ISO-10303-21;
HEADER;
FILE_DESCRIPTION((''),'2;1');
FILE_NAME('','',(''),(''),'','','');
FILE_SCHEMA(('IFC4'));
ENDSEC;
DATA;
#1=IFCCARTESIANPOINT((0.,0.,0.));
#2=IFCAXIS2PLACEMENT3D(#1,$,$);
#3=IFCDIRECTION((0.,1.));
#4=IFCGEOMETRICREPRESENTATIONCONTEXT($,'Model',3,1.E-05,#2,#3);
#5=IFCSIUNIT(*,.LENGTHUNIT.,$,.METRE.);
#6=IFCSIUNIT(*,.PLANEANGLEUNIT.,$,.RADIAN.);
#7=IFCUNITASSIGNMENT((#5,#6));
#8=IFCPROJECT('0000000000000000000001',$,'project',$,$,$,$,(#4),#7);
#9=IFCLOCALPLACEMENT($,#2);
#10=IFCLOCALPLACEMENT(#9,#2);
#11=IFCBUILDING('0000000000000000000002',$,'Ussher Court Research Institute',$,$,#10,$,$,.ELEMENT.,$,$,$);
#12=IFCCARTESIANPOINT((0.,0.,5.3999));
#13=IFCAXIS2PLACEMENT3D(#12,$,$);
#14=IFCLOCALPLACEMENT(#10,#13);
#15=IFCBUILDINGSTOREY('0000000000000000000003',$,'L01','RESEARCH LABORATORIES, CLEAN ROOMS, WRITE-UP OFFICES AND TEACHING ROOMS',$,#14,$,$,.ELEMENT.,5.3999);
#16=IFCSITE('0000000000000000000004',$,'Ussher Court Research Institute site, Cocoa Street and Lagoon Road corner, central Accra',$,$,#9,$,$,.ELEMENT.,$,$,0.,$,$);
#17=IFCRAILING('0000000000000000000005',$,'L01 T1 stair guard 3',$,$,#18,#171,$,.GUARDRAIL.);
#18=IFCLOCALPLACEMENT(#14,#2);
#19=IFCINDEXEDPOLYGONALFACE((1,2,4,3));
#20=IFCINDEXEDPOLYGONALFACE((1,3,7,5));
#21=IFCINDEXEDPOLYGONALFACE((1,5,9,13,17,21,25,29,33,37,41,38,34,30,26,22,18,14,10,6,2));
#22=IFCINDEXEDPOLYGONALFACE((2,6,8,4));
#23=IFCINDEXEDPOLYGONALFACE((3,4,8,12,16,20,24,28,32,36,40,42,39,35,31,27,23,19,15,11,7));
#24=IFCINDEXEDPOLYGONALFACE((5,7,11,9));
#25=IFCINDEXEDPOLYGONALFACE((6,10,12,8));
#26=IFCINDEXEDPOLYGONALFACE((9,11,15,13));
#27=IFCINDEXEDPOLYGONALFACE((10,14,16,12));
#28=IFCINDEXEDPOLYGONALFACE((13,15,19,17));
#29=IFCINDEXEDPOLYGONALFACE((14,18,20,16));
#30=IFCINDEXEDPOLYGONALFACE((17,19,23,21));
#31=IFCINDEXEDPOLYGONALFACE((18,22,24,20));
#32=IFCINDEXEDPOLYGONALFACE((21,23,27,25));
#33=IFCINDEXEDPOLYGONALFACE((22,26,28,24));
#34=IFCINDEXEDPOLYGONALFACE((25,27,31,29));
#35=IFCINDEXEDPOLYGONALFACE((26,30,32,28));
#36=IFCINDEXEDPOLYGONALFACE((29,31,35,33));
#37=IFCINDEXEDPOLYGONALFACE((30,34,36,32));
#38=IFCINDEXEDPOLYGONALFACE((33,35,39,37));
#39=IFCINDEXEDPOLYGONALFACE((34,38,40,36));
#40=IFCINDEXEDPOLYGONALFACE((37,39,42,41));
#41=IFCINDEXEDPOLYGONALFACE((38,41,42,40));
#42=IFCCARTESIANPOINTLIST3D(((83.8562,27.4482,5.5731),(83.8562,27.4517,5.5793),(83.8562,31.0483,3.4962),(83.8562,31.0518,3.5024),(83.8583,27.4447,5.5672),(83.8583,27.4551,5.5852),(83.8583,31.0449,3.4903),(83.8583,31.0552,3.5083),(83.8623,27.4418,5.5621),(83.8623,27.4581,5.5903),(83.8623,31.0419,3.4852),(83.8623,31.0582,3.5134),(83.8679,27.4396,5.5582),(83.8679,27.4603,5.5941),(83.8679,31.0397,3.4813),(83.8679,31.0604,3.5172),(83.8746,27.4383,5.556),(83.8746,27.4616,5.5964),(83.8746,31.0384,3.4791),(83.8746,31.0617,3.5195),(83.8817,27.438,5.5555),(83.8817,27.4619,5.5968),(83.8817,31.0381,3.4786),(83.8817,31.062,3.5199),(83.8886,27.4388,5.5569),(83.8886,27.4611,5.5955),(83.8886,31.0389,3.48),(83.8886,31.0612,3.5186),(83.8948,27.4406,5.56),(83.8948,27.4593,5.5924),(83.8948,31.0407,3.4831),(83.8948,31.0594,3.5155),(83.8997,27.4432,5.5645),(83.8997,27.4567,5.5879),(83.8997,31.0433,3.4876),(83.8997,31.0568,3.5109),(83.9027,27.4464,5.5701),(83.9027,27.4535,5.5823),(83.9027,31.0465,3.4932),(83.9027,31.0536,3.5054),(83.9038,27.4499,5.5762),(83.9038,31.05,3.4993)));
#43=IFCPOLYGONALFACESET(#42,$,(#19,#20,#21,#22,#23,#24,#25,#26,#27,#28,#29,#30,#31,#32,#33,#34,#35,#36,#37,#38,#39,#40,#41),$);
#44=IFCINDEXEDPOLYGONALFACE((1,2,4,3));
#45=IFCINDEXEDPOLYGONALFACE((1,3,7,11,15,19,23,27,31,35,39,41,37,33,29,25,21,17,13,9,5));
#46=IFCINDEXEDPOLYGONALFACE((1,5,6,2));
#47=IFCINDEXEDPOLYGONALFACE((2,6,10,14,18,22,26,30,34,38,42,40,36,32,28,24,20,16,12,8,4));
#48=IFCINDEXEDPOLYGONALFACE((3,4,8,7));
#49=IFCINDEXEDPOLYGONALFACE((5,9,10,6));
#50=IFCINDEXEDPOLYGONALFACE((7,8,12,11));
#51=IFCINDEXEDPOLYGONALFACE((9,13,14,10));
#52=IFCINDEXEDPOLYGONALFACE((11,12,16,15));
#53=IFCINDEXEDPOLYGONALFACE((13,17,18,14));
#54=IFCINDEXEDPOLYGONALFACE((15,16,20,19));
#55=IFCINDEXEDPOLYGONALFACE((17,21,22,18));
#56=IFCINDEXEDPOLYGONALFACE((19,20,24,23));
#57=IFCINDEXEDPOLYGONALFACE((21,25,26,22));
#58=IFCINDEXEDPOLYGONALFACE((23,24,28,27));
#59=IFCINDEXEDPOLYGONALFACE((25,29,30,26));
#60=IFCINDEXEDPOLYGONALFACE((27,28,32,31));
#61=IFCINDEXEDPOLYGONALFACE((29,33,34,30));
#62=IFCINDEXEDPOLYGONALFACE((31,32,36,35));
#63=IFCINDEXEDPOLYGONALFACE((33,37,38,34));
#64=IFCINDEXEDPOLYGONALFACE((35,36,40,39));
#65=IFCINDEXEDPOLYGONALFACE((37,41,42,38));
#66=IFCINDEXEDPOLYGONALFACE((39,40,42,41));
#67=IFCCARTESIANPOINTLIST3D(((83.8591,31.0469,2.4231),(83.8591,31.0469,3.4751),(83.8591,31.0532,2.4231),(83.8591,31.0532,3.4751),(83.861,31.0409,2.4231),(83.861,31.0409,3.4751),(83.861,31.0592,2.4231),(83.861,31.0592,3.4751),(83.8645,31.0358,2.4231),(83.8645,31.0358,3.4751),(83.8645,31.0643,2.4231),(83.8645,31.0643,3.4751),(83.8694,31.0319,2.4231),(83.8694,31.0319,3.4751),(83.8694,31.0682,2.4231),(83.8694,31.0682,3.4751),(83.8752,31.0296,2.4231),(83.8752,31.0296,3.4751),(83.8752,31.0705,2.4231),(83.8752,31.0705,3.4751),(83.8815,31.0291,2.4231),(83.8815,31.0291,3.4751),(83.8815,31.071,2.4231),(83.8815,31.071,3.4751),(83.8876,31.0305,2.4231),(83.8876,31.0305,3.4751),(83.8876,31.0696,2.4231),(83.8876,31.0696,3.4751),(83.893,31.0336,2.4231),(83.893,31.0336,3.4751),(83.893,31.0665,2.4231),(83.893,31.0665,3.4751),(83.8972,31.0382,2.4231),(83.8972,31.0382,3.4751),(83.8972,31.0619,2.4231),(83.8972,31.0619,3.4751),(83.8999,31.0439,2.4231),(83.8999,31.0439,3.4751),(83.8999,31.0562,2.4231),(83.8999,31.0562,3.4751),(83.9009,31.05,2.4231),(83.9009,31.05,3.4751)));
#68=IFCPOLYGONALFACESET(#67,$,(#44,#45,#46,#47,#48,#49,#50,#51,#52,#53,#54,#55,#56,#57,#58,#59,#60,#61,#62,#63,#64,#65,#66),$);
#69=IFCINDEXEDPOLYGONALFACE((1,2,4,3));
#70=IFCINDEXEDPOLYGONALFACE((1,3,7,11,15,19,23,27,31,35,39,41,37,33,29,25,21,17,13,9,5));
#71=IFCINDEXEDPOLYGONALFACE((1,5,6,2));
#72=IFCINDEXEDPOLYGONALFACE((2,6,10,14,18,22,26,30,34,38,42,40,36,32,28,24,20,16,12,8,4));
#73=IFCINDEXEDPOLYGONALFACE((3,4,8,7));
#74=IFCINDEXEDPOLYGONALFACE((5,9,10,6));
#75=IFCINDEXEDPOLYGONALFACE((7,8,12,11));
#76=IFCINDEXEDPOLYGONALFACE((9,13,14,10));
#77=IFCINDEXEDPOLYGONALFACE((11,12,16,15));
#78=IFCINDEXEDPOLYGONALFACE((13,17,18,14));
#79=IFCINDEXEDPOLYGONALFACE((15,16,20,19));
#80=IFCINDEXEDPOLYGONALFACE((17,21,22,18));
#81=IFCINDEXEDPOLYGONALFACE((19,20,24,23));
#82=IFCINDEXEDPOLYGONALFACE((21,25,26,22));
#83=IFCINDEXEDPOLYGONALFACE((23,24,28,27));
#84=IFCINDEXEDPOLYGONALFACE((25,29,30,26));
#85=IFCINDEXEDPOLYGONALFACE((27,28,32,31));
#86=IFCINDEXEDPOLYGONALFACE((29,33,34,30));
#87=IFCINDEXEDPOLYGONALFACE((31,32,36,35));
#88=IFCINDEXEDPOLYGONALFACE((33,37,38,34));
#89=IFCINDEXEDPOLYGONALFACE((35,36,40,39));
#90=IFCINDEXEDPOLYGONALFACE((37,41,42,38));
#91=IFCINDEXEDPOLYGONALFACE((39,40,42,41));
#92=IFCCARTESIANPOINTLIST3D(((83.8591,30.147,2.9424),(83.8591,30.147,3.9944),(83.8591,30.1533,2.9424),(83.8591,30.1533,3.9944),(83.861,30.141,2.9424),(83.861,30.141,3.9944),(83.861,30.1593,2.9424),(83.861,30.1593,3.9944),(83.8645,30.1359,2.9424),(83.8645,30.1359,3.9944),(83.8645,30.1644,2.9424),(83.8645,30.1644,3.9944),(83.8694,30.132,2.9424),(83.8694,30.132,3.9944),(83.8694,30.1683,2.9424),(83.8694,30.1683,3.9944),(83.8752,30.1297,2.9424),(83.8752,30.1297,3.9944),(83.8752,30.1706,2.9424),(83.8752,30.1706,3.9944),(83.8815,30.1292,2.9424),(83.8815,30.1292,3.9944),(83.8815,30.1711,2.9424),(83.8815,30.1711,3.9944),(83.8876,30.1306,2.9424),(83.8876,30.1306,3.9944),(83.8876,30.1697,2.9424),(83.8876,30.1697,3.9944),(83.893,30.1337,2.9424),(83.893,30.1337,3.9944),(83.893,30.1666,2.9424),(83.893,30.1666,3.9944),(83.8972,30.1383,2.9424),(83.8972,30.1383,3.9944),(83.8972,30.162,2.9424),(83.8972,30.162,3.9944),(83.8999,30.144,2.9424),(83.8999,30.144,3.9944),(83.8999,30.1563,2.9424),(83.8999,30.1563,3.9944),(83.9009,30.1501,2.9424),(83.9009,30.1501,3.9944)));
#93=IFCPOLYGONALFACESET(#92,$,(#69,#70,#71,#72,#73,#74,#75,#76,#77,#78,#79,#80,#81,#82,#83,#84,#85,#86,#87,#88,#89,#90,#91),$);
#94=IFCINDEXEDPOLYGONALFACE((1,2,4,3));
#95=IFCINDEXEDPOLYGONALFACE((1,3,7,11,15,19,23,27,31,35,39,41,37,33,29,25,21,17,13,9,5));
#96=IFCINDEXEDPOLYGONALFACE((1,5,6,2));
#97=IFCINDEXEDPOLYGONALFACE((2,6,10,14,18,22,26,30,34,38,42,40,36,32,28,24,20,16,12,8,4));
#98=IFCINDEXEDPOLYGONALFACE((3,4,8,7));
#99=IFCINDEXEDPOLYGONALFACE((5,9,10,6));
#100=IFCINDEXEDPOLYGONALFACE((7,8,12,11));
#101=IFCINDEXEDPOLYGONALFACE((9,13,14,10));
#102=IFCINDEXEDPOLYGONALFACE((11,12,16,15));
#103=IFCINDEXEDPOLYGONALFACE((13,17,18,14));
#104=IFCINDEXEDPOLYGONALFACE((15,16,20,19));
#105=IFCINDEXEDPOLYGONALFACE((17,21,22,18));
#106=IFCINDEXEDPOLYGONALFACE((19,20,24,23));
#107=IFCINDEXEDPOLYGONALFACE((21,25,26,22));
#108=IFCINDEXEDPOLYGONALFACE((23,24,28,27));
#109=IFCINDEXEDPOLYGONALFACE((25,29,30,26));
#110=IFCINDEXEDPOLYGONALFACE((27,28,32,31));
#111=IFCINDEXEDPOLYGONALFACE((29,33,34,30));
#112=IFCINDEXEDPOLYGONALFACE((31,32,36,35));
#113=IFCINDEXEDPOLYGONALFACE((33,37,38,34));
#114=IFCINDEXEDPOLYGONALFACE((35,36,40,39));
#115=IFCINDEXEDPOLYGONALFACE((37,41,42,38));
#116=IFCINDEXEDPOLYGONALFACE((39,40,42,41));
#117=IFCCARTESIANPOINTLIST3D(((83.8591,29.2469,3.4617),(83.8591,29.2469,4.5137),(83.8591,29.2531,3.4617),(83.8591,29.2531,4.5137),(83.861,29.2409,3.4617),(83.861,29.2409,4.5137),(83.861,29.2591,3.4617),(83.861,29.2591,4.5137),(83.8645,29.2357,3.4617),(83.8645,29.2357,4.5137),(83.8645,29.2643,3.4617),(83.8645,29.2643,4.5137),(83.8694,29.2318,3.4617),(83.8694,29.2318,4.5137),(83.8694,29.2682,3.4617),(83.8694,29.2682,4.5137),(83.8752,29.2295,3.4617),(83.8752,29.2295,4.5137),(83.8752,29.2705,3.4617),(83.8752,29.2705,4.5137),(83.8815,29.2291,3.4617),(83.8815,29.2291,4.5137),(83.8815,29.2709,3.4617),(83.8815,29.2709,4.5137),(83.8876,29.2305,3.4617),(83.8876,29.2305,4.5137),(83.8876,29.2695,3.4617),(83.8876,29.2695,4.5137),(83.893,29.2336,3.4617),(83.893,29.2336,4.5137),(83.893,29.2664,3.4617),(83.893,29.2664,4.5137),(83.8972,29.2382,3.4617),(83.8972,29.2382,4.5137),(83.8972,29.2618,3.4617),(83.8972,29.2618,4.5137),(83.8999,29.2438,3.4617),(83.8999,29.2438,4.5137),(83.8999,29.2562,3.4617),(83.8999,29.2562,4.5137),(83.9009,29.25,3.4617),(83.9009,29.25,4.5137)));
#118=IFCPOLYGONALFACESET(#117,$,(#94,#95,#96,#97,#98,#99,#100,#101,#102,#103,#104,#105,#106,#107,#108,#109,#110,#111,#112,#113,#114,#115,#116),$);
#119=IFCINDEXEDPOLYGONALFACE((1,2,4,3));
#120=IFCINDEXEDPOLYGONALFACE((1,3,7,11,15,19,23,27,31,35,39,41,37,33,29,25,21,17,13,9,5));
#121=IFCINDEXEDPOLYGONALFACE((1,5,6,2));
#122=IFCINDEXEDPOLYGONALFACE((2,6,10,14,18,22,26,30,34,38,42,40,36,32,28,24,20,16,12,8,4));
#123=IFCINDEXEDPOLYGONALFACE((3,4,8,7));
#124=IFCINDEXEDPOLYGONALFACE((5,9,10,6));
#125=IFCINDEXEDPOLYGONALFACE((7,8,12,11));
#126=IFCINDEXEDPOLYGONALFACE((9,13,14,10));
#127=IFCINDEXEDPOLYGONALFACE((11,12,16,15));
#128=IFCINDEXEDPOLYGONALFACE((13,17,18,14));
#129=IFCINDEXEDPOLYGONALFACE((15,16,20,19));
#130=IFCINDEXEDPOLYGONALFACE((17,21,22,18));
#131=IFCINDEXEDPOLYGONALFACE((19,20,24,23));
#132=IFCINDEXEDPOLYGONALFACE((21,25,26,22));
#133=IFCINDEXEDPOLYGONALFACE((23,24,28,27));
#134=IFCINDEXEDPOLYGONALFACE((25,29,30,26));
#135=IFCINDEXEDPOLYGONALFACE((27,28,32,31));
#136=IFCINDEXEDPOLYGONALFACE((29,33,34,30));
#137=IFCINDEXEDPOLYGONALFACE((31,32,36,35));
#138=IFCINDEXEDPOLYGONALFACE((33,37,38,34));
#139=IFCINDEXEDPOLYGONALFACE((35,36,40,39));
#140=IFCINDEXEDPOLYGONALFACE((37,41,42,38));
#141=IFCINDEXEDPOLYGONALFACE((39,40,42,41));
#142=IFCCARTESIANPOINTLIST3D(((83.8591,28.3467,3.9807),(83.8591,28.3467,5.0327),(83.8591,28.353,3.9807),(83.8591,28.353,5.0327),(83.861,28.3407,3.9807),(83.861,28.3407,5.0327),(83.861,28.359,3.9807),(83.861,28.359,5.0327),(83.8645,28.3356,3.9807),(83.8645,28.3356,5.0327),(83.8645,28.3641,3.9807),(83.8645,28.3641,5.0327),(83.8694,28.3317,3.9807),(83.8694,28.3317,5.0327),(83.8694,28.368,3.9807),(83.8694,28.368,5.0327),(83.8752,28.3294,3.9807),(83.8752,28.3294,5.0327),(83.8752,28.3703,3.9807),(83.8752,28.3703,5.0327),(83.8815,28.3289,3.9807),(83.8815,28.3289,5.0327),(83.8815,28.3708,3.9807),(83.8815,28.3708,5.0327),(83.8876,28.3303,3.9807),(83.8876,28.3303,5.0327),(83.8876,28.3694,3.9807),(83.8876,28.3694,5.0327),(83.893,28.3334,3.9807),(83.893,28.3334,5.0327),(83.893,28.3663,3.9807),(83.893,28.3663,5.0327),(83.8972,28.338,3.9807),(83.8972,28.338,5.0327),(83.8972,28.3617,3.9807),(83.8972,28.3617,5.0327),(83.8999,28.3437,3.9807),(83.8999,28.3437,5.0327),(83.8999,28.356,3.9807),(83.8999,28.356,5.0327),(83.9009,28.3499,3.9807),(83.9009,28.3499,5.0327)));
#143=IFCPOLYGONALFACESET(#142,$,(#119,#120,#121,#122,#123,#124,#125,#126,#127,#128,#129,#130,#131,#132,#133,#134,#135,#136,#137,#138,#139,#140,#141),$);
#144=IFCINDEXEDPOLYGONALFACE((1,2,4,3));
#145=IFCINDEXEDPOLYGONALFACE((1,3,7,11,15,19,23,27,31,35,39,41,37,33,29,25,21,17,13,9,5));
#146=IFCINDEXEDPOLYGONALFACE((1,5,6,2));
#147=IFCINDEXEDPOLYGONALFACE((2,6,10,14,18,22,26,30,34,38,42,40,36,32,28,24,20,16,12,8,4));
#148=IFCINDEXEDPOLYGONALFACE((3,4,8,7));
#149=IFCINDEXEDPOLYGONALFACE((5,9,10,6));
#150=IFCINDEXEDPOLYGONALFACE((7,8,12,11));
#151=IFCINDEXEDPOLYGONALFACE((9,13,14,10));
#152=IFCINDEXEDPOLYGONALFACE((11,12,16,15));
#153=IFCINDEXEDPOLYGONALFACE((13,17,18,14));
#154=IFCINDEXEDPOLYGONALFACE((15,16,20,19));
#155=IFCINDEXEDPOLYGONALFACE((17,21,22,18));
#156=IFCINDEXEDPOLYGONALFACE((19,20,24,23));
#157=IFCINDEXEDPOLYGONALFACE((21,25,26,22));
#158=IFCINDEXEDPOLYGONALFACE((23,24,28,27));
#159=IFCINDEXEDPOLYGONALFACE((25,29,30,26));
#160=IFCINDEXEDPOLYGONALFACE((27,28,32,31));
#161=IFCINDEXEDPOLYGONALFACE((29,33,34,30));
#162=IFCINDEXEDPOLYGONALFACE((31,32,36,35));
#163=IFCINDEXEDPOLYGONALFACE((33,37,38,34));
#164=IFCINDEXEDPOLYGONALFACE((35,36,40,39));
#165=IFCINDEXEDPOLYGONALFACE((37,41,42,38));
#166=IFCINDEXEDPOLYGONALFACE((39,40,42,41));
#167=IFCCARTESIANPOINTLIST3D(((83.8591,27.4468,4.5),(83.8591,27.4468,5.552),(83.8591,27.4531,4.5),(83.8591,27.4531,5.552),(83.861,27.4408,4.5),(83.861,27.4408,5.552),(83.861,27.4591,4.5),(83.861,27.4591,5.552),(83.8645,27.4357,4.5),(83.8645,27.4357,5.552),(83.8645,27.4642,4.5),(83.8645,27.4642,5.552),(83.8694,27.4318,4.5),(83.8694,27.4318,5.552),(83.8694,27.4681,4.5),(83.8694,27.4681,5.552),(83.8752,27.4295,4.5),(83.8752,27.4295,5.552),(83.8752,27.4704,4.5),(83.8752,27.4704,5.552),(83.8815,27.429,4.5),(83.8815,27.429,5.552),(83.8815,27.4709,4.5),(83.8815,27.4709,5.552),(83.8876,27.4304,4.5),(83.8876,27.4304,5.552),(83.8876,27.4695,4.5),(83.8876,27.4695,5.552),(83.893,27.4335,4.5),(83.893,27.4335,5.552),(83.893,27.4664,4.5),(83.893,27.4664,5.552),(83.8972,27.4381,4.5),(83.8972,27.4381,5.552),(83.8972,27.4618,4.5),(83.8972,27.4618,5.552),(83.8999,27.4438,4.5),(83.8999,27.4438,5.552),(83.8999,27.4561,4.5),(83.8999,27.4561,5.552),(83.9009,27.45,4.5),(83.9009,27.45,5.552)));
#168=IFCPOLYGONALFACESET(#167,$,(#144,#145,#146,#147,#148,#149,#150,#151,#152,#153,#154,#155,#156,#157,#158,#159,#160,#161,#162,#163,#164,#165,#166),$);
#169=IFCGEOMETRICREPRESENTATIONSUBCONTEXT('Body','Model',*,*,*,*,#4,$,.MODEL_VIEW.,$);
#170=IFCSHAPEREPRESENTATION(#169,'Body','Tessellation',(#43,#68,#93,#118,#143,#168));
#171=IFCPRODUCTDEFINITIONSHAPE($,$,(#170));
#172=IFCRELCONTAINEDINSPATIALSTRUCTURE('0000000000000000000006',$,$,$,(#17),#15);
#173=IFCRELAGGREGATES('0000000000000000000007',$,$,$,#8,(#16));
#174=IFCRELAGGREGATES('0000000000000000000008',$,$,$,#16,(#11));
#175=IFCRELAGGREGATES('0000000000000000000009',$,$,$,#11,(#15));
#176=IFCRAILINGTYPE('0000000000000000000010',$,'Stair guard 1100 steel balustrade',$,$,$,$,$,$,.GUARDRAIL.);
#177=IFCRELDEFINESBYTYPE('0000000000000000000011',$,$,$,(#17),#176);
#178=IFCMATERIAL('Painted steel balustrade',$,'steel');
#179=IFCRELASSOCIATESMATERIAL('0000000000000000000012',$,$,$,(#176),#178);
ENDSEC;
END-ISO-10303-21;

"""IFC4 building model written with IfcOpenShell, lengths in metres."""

from ifc_helpers import new_model, si_unit, direction, frame, origin, origin_2d, place, context, subcontext, project, spatial, circle, extrude, material, type_object, element, save


model = new_model("IFC4")

# Units and contexts
model_context = context("Model", 3, precision=1e-05, world=origin(), true_north=direction((0.0, 1.0)))
body_context = subcontext(model_context, "Body", "Model", "MODEL_VIEW")
ifc_project = project(units=[si_unit("LENGTHUNIT", "METRE"), si_unit("PLANEANGLEUNIT", "RADIAN")], contexts=[model_context])

# Site, building, storey
site_placement = place(None, origin())
site = spatial("IfcSite", under=ifc_project, at=site_placement, Name="Ussher Court Research Institute site, Cocoa Street and Lagoon Road corner, central Accra", CompositionType="ELEMENT", RefElevation=0.0)
building_placement = place(site_placement, origin())
building = spatial("IfcBuilding", under=site, at=building_placement, Name="Ussher Court Research Institute", CompositionType="ELEMENT")
storey_placement = place(building_placement, frame((0.0, 0.0, 5.3999)))
storey = spatial("IfcBuildingStorey", under=building, at=storey_placement, Name="L01", Description="RESEARCH LABORATORIES, CLEAN ROOMS, WRITE-UP OFFICES AND TEACHING ROOMS", CompositionType="ELEMENT", Elevation=5.3999)

# Railing
ifc_material_1 = material(Name="Painted steel balustrade", Category="steel")
railing_type_1 = type_object("IfcRailingType", Name="Stair guard 1100 steel balustrade", PredefinedType="GUARDRAIL", material=ifc_material_1)
railing_1_placement = place(storey_placement, frame((83.8799, 31.05, 2.4231)))
element("IfcRailing", 1, at=railing_1_placement, inside=storey, type_object=railing_type_1, Name="L01 T1 stair guard 3", PredefinedType="GUARDRAIL", context=body_context, shape_type="SweptSolid", body=[
    extrude(circle(Radius=0.0239, at=origin_2d()), frame((0.0, 0.0, 1.0762), z_axis=(0.0, -0.866193, 0.499709), x_axis=(1.0, 0.0, 0.0)), (0.0, 0.0, 1.0), 4.1562),
    extrude(circle(Radius=0.021, at=origin_2d()), origin(), (0.0, 0.0, 1.0), 1.052),
    extrude(circle(Radius=0.021, at=origin_2d()), frame((0.0, -0.8999, 0.5193)), (0.0, 0.0, 1.0), 1.052),
    extrude(circle(Radius=0.021, at=origin_2d()), frame((0.0, -1.8, 1.0386)), (0.0, 0.0, 1.0), 1.052),
    extrude(circle(Radius=0.021, at=origin_2d()), frame((0.0, -2.7002, 1.5576)), (0.0, 0.0, 1.0), 1.052),
    extrude(circle(Radius=0.021, at=origin_2d()), frame((0.0, -3.6001, 2.0769)), (0.0, 0.0, 1.0), 1.052),
])

save(model, "model.ifc")
